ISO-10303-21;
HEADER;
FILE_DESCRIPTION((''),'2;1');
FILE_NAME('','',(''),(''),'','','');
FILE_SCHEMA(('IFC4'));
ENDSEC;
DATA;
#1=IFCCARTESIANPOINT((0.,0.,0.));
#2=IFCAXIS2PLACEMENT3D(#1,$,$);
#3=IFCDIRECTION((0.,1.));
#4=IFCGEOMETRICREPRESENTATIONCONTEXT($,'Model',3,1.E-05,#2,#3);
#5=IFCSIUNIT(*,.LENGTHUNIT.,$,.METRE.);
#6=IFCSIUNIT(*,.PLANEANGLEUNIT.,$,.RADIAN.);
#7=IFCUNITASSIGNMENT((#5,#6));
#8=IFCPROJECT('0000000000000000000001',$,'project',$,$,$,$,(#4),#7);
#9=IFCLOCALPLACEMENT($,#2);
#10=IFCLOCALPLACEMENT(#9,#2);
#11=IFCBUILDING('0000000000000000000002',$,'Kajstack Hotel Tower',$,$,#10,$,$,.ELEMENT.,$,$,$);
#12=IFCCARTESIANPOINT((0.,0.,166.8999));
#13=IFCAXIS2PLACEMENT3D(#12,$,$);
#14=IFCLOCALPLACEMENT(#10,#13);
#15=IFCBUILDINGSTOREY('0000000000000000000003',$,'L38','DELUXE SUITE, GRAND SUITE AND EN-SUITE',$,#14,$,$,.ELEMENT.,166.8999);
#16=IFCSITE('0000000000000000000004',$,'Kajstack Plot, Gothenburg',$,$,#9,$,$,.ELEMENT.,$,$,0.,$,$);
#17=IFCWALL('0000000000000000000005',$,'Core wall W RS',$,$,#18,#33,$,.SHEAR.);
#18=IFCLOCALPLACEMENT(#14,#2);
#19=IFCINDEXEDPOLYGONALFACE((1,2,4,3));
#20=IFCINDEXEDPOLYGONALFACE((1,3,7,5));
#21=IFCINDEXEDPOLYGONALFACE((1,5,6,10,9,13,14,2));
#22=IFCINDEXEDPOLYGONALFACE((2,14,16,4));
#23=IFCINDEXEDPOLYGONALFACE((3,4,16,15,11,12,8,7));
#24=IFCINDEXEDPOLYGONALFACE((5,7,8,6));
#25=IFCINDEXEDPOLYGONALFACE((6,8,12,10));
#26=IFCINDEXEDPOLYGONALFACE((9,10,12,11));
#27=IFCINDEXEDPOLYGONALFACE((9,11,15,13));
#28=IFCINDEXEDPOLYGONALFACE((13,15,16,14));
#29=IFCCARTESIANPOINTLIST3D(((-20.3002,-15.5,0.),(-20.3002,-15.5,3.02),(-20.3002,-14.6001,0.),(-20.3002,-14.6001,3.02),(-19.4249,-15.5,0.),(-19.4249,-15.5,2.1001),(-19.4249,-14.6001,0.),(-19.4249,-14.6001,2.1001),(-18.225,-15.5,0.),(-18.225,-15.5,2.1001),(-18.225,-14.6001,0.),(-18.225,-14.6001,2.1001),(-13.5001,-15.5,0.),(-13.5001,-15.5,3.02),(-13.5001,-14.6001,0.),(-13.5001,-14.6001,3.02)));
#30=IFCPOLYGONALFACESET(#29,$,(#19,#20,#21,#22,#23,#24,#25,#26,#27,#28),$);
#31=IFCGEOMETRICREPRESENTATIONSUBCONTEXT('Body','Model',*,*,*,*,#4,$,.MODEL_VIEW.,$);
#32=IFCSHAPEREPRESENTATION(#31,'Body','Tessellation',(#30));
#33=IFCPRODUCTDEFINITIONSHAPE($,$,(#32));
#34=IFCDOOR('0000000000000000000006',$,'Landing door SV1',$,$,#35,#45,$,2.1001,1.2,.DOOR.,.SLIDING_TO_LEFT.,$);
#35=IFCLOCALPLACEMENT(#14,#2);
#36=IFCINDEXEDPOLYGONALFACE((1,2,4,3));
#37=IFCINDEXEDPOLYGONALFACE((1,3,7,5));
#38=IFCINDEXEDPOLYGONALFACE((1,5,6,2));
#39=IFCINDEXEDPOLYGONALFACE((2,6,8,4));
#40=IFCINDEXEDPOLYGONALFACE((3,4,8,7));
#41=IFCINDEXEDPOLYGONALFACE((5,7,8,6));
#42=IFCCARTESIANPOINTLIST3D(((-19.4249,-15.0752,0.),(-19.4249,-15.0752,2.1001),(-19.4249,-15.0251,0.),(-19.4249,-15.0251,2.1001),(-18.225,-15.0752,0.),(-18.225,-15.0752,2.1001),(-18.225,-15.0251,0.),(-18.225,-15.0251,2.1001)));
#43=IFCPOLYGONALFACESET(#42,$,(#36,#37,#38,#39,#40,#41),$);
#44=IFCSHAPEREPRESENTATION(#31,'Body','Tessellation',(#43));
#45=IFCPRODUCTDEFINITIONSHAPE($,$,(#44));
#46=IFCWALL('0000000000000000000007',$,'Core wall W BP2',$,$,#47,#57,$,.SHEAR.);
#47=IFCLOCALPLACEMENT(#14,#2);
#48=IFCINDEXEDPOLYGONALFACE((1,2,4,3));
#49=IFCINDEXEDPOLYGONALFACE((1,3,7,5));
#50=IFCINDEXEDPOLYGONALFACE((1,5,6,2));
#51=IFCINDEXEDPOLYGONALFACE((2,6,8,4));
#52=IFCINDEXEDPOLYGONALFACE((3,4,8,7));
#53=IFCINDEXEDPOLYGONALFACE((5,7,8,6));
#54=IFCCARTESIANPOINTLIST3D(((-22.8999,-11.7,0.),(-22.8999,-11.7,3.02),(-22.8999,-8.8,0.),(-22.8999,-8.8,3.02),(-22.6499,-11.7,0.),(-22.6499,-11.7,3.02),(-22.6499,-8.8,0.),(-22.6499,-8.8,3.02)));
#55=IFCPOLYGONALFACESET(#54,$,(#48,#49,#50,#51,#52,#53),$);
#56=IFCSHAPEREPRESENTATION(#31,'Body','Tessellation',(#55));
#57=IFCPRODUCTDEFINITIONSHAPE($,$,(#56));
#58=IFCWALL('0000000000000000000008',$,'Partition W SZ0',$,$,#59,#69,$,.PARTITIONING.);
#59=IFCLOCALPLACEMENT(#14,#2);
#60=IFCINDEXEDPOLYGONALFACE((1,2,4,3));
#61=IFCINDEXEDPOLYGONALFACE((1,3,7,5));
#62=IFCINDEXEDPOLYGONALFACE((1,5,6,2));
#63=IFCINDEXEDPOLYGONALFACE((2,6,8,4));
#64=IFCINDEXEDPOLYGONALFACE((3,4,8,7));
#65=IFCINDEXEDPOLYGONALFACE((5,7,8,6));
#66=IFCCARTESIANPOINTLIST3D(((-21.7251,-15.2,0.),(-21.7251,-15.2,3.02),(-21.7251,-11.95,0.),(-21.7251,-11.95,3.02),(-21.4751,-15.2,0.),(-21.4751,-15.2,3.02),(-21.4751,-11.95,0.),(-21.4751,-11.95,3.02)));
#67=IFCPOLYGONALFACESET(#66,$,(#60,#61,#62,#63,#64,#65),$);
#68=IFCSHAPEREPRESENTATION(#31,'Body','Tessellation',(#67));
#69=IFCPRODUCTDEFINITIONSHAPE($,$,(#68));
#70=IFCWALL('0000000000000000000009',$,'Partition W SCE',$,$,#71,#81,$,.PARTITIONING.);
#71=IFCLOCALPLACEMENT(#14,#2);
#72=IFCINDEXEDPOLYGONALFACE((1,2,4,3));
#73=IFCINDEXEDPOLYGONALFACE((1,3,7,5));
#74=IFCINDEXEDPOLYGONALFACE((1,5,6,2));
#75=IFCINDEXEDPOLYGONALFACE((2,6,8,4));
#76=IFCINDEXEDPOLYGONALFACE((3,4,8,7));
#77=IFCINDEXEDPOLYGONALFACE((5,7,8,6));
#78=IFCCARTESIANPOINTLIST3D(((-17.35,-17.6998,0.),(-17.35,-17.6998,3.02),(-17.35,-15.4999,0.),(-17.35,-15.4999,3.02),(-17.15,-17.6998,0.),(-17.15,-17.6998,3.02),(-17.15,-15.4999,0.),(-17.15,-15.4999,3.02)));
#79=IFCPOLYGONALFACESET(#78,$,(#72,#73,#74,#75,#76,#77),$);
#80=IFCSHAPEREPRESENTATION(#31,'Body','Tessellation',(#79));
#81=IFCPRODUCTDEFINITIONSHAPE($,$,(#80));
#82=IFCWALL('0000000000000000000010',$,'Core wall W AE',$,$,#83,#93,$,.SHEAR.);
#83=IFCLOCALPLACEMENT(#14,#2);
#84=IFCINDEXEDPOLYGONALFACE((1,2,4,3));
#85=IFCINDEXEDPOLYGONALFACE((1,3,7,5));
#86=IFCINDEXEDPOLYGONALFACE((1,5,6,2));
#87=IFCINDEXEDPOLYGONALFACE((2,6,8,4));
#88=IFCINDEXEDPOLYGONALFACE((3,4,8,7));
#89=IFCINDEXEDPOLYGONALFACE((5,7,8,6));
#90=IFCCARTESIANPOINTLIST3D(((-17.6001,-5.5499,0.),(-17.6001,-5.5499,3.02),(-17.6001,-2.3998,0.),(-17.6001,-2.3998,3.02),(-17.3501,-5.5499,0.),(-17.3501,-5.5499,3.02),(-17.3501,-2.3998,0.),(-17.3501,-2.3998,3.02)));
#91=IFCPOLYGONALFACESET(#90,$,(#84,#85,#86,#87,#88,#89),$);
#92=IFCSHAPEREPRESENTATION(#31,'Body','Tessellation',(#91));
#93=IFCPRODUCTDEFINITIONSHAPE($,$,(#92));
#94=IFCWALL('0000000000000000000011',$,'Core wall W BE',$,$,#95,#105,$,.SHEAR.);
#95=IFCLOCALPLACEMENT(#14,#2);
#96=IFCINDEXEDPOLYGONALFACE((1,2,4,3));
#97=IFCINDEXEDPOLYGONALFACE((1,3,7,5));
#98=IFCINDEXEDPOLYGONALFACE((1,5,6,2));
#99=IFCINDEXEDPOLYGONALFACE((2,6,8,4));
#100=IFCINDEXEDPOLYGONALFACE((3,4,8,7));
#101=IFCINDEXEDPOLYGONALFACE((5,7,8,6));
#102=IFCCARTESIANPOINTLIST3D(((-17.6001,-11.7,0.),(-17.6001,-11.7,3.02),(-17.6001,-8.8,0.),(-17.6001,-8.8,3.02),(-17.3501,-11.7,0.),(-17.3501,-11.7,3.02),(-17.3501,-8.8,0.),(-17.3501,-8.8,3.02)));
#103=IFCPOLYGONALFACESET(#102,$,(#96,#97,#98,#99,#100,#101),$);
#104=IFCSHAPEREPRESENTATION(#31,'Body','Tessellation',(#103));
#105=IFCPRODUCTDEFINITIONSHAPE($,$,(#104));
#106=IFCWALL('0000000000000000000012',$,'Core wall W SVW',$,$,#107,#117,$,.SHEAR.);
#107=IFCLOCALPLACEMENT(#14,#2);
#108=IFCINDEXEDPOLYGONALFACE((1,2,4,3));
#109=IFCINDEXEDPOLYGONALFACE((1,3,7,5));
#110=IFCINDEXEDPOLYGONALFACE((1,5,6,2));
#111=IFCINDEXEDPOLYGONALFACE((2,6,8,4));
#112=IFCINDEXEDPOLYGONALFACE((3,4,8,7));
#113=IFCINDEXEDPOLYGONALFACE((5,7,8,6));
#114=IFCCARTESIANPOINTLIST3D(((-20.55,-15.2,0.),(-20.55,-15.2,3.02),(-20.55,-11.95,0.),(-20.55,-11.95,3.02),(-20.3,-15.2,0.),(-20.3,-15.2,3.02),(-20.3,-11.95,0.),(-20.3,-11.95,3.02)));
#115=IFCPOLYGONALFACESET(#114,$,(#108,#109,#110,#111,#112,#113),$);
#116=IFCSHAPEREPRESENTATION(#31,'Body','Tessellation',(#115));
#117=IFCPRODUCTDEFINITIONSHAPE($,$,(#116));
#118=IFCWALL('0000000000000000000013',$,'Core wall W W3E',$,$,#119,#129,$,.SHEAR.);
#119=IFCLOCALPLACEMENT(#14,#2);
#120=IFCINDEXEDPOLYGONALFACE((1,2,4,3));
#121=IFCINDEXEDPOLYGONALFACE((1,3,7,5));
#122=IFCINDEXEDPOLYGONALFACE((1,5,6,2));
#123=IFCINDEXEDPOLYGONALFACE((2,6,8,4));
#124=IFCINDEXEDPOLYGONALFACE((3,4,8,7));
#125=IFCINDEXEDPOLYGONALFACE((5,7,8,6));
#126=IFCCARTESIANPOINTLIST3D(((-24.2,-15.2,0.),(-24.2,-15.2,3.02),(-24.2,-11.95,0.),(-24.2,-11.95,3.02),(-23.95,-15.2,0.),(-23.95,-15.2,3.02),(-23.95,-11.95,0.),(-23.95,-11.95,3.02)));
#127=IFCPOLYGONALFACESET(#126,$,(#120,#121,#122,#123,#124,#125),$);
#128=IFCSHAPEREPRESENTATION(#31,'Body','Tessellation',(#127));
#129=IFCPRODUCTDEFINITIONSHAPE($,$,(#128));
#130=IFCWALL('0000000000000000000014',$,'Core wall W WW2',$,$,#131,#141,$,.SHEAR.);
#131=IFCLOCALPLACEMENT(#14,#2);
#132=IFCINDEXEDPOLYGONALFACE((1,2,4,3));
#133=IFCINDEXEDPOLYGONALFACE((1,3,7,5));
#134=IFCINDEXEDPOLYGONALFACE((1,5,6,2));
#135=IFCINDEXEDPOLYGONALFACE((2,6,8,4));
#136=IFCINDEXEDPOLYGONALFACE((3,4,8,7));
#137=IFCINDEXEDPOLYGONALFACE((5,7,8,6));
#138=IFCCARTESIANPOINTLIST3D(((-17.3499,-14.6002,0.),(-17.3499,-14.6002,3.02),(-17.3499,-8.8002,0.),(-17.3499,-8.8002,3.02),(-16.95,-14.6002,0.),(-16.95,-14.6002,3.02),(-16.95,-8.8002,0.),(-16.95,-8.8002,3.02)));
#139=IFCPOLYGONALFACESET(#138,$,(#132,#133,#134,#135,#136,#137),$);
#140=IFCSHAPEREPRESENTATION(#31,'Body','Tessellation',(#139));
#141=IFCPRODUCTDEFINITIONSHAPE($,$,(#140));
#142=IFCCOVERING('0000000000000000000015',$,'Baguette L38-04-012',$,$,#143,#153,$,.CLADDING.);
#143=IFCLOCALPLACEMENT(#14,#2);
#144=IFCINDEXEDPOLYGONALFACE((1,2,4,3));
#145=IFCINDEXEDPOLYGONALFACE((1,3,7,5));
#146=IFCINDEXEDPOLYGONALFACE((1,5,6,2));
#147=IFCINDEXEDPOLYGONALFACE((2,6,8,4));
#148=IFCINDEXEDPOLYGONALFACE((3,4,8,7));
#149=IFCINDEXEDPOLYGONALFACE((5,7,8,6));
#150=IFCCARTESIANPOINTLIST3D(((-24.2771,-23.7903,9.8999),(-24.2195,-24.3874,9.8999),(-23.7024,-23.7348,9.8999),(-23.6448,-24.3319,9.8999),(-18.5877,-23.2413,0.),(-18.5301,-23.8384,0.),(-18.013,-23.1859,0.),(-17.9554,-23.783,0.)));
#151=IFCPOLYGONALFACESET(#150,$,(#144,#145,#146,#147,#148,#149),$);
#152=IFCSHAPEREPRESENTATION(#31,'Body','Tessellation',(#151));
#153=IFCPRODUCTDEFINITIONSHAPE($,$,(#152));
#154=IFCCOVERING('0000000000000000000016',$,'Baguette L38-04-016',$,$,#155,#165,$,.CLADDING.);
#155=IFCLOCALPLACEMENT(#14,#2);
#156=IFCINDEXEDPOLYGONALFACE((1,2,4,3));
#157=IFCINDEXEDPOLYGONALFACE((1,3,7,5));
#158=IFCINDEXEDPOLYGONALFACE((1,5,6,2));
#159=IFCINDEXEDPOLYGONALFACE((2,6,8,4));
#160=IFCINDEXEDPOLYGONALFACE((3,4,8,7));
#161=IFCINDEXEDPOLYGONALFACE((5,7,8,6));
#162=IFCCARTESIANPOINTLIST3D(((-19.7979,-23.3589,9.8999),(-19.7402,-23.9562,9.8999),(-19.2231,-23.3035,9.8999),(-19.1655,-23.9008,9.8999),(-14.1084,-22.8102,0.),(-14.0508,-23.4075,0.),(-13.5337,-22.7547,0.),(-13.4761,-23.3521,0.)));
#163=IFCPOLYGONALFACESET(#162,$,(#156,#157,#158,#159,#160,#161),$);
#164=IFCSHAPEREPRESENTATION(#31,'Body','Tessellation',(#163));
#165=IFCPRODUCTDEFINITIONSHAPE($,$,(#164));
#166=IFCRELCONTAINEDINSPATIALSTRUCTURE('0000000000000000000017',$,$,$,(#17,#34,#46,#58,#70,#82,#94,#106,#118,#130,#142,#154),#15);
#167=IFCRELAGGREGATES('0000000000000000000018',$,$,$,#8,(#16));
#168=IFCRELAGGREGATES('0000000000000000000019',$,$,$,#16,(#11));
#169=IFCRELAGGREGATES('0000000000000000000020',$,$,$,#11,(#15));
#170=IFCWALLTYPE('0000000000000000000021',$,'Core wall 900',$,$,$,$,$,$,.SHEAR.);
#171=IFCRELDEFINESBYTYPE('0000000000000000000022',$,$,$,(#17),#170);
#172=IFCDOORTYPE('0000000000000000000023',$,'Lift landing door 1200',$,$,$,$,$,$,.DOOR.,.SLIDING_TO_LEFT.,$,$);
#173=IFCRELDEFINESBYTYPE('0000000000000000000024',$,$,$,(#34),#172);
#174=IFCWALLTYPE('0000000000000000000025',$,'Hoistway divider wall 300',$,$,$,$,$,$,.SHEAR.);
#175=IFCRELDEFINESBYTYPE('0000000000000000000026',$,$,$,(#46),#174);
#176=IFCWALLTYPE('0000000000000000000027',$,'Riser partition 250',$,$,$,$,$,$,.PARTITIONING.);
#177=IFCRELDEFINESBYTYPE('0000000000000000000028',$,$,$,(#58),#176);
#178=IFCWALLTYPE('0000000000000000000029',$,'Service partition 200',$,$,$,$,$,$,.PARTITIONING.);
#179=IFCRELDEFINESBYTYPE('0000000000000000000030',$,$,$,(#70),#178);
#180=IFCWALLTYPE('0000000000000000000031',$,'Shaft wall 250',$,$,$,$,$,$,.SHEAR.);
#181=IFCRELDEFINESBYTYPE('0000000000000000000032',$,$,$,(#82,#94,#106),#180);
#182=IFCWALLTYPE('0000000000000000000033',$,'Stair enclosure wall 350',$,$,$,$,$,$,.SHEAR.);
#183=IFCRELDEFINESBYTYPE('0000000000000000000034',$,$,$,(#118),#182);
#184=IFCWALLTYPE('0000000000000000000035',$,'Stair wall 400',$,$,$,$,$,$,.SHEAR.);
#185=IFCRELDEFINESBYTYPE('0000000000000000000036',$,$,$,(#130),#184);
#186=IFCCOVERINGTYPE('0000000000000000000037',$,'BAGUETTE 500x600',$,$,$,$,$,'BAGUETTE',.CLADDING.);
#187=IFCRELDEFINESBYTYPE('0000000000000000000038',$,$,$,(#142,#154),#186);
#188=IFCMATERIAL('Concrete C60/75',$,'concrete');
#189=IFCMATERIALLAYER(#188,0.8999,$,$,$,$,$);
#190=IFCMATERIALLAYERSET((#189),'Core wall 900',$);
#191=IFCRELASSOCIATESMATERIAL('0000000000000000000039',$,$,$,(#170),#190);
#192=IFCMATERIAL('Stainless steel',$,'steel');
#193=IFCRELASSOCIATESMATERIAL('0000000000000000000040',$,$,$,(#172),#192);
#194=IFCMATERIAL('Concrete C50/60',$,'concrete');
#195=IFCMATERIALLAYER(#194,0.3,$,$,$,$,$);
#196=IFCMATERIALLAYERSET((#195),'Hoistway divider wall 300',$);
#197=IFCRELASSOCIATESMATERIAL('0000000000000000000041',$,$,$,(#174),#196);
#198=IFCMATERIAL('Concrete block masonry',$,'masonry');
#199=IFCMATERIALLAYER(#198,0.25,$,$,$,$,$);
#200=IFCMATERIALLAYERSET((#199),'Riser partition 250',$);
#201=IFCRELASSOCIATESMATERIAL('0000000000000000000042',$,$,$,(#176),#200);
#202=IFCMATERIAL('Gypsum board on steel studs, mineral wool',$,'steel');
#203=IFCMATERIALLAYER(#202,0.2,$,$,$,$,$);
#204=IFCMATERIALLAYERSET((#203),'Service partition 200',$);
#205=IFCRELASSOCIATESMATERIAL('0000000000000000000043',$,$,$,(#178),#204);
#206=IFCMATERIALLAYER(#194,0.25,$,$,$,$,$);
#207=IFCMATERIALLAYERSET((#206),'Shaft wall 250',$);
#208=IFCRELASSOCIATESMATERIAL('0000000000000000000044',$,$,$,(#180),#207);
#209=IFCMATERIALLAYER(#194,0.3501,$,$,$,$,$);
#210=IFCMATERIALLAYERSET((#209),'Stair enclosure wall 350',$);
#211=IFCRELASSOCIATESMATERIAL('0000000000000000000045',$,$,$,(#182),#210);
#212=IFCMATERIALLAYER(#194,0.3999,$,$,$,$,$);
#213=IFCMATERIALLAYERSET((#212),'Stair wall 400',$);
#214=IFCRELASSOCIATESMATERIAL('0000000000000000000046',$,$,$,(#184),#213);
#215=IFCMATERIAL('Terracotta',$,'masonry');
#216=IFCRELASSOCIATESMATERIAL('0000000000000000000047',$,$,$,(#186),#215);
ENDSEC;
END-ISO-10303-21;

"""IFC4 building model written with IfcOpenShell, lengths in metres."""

from ifc_helpers import new_model, si_unit, direction, frame, frame_2d, origin, origin_2d, place, context, subcontext, project, spatial, polyline, rectangle, outline, extrude, material, layer, layer_set, material_profile, profile_set, type_object, element, fill, save


model = new_model("IFC4")

# Units and contexts
model_context = context("Model", 3, precision=1e-05, world=origin(), true_north=direction((0.0, 1.0)))
body_context = subcontext(model_context, "Body", "Model", "MODEL_VIEW")
ifc_project = project(units=[si_unit("LENGTHUNIT", "METRE"), si_unit("PLANEANGLEUNIT", "RADIAN")], contexts=[model_context])

# Site, building, storey
site_placement = place(None, origin())
site = spatial("IfcSite", under=ifc_project, at=site_placement, Name="Kajstack Plot, Gothenburg", CompositionType="ELEMENT", RefElevation=0.0)
building_placement = place(site_placement, origin())
building = spatial("IfcBuilding", under=site, at=building_placement, Name="Kajstack Hotel Tower", CompositionType="ELEMENT")
storey_placement = place(building_placement, frame((0.0, 0.0, 166.8999)))
storey = spatial("IfcBuildingStorey", under=building, at=storey_placement, Name="L38", Description="DELUXE SUITE, GRAND SUITE AND EN-SUITE", CompositionType="ELEMENT", Elevation=166.8999)

# Wall, opening, door
ifc_material_1 = material(Name="Concrete C60/75", Category="concrete")
ifc_layer_1 = layer(ifc_material_1, 0.8999)
ifc_layer_set_1 = layer_set([ifc_layer_1], Name="Core wall 900")
wall_type_1 = type_object("IfcWallType", Name="Core wall 900", PredefinedType="SHEAR", material=ifc_layer_set_1)
wall_1_placement = place(storey_placement, frame((-20.3, -15.05, 0.0), z_axis=(0.0, 0.0, 1.0), x_axis=(1.0, 0.0, 0.0)))
wall_1 = element("IfcWall", 1, at=wall_1_placement, inside=storey, type_object=wall_type_1, Name="Core wall W RS", PredefinedType="SHEAR", context=body_context, shape_type="SweptSolid", body=[
    extrude(rectangle(XDim=6.8, YDim=0.8999, at=frame_2d((3.3999, 0.0))), origin(), (0.0, 0.0, 1.0), 3.02),
])
opening_placement = place(wall_1_placement, frame((0.875, 0.0, 0.0)))
opening = element("IfcOpeningElement", 2, at=opening_placement, cuts=wall_1, PredefinedType="OPENING", context=body_context, shape_type="SweptSolid", body=[
    extrude(rectangle(XDim=1.2, YDim=2.1001, at=frame_2d((0.6001, 1.05))), frame((0.0, 0.46, 0.0), z_axis=(0.0, -1.0, 0.0), x_axis=(1.0, 0.0, 0.0)), (0.0, 0.0, 1.0), 0.9199),
])
ifc_material_2 = material(Name="Stainless steel", Category="steel")
door_type = type_object("IfcDoorType", Name="Lift landing door 1200", OperationType="SLIDING_TO_LEFT", PredefinedType="DOOR", material=ifc_material_2)
door_placement = place(opening_placement, origin())
door = element("IfcDoor", 3, at=door_placement, inside=storey, type_object=door_type, Name="Landing door SV1", OperationType="SLIDING_TO_LEFT", OverallHeight=2.1001, OverallWidth=1.2, PredefinedType="DOOR", context=body_context, shape_type="SweptSolid", body=[
    extrude(rectangle(XDim=1.2, YDim=2.1001, at=frame_2d((0.6001, 1.05))), frame((0.0, 0.0249, 0.0), z_axis=(0.0, -1.0, 0.0), x_axis=(1.0, 0.0, 0.0)), (0.0, 0.0, 1.0), 0.05),
])
fill(opening, door)

# Walls
ifc_material_3 = material(Name="Concrete C50/60", Category="concrete")
ifc_layer_2 = layer(ifc_material_3, 0.3)
ifc_layer_set_2 = layer_set([ifc_layer_2], Name="Hoistway divider wall 300")
wall_type_2 = type_object("IfcWallType", Name="Hoistway divider wall 300", PredefinedType="SHEAR", material=ifc_layer_set_2)
wall_2_placement = place(storey_placement, frame((-22.7749, -11.7, 0.0), z_axis=(0.0, 0.0, 1.0), x_axis=(0.0, 1.0, 0.0)))
element("IfcWall", 4, at=wall_2_placement, inside=storey, type_object=wall_type_2, Name="Core wall W BP2", PredefinedType="SHEAR", context=body_context, shape_type="SweptSolid", body=[
    extrude(rectangle(XDim=2.8999, YDim=0.25, at=frame_2d((1.45, 0.0))), origin(), (0.0, 0.0, 1.0), 3.02),
])
ifc_material_4 = material(Name="Concrete block masonry", Category="masonry")
ifc_layer_3 = layer(ifc_material_4, 0.25)
ifc_layer_set_3 = layer_set([ifc_layer_3], Name="Riser partition 250")
wall_type_3 = type_object("IfcWallType", Name="Riser partition 250", PredefinedType="PARTITIONING", material=ifc_layer_set_3)
wall_3_placement = place(storey_placement, frame((-21.6001, -15.2, 0.0), z_axis=(0.0, 0.0, 1.0), x_axis=(0.0, 1.0, 0.0)))
element("IfcWall", 5, at=wall_3_placement, inside=storey, type_object=wall_type_3, Name="Partition W SZ0", PredefinedType="PARTITIONING", context=body_context, shape_type="SweptSolid", body=[
    extrude(rectangle(XDim=3.25, YDim=0.25, at=frame_2d((1.625, 0.0))), origin(), (0.0, 0.0, 1.0), 3.02),
])
ifc_material_5 = material(Name="Gypsum board on steel studs, mineral wool", Category="steel")
ifc_layer_4 = layer(ifc_material_5, 0.2)
ifc_layer_set_4 = layer_set([ifc_layer_4], Name="Service partition 200")
wall_type_4 = type_object("IfcWallType", Name="Service partition 200", PredefinedType="PARTITIONING", material=ifc_layer_set_4)
wall_4_placement = place(storey_placement, frame((-17.25, -17.7, 0.0), z_axis=(0.0, 0.0, 1.0), x_axis=(0.0, 1.0, 0.0)))
element("IfcWall", 6, at=wall_4_placement, inside=storey, type_object=wall_type_4, Name="Partition W SCE", PredefinedType="PARTITIONING", context=body_context, shape_type="SweptSolid", body=[
    extrude(rectangle(XDim=2.2, YDim=0.2, at=frame_2d((1.1001, 0.0))), origin(), (0.0, 0.0, 1.0), 3.02),
])
ifc_layer_5 = layer(ifc_material_3, 0.25)
ifc_layer_set_5 = layer_set([ifc_layer_5], Name="Shaft wall 250")
wall_type_5 = type_object("IfcWallType", Name="Shaft wall 250", PredefinedType="SHEAR", material=ifc_layer_set_5)
wall_5_placement = place(storey_placement, frame((-17.4751, -5.55, 0.0), z_axis=(0.0, 0.0, 1.0), x_axis=(0.0, 1.0, 0.0)))
element("IfcWall", 7, at=wall_5_placement, inside=storey, type_object=wall_type_5, Name="Core wall W AE", PredefinedType="SHEAR", context=body_context, shape_type="SweptSolid", body=[
    extrude(rectangle(XDim=3.1501, YDim=0.25, at=frame_2d((1.5752, 0.0))), origin(), (0.0, 0.0, 1.0), 3.02),
])
wall_6_placement = place(storey_placement, frame((-17.4751, -11.7, 0.0), z_axis=(0.0, 0.0, 1.0), x_axis=(0.0, 1.0, 0.0)))
element("IfcWall", 8, at=wall_6_placement, inside=storey, type_object=wall_type_5, Name="Core wall W BE", PredefinedType="SHEAR", context=body_context, shape_type="SweptSolid", body=[
    extrude(rectangle(XDim=2.8999, YDim=0.25, at=frame_2d((1.45, 0.0))), origin(), (0.0, 0.0, 1.0), 3.02),
])
wall_7_placement = place(storey_placement, frame((-20.425, -15.2, 0.0), z_axis=(0.0, 0.0, 1.0), x_axis=(0.0, 1.0, 0.0)))
element("IfcWall", 9, at=wall_7_placement, inside=storey, type_object=wall_type_5, Name="Core wall W SVW", PredefinedType="SHEAR", context=body_context, shape_type="SweptSolid", body=[
    extrude(rectangle(XDim=3.25, YDim=0.25, at=frame_2d((1.625, 0.0))), origin(), (0.0, 0.0, 1.0), 3.02),
])
ifc_layer_6 = layer(ifc_material_3, 0.3501)
ifc_layer_set_6 = layer_set([ifc_layer_6], Name="Stair enclosure wall 350")
wall_type_6 = type_object("IfcWallType", Name="Stair enclosure wall 350", PredefinedType="SHEAR", material=ifc_layer_set_6)
wall_8_placement = place(storey_placement, frame((-24.075, -15.2, 0.0), z_axis=(0.0, 0.0, 1.0), x_axis=(0.0, 1.0, 0.0)))
element("IfcWall", 10, at=wall_8_placement, inside=storey, type_object=wall_type_6, Name="Core wall W W3E", PredefinedType="SHEAR", context=body_context, shape_type="SweptSolid", body=[
    extrude(rectangle(XDim=3.25, YDim=0.25, at=frame_2d((1.625, 0.0))), origin(), (0.0, 0.0, 1.0), 3.02),
])
ifc_layer_7 = layer(ifc_material_3, 0.3999)
ifc_layer_set_7 = layer_set([ifc_layer_7], Name="Stair wall 400")
wall_type_7 = type_object("IfcWallType", Name="Stair wall 400", PredefinedType="SHEAR", material=ifc_layer_set_7)
wall_9_placement = place(storey_placement, frame((-17.1499, -14.6001, 0.0), z_axis=(0.0, 0.0, 1.0), x_axis=(0.0, 1.0, 0.0)))
element("IfcWall", 11, at=wall_9_placement, inside=storey, type_object=wall_type_7, Name="Core wall W WW2", PredefinedType="SHEAR", context=body_context, shape_type="SweptSolid", body=[
    extrude(rectangle(XDim=5.8, YDim=0.3999, at=frame_2d((2.8999, 0.0))), origin(), (0.0, 0.0, 1.0), 3.02),
])

# Coverings
ifc_material_6 = material(Name="Terracotta", Category="masonry")
ifc_material_profile = material_profile(ifc_material_6, rectangle(XDim=0.6001, YDim=0.5, at=origin_2d()), Name="Terracotta-clad concrete baguette 500 x 600")
ifc_profile_set = profile_set([ifc_material_profile], Name="Terracotta")
covering_type = type_object("IfcCoveringType", Name="BAGUETTE 500x600", ElementType="BAGUETTE", PredefinedType="CLADDING", material=ifc_profile_set)
covering_1_placement = place(storey_placement, frame((-24.2771, -23.7903, 0.0), z_axis=(0.096038, -0.995378, 0.0), x_axis=(0.995378, 0.096038, 0.0)))
element("IfcCovering", 12, at=covering_1_placement, inside=storey, type_object=covering_type, Name="Baguette L38-04-012", PredefinedType="CLADDING", context=body_context, shape_type="SweptSolid", body=[
    extrude(outline(polyline([(0.0, 9.8999), (5.7158, 0.0), (6.2932, 0.0), (0.5774, 9.8999), (0.0, 9.8999)])), origin(), (0.0, 0.0, 1.0), 0.5999),
])
covering_2_placement = place(storey_placement, frame((-19.7979, -23.3589, 0.0), z_axis=(0.095999, -0.995381, 0.0), x_axis=(0.995381, 0.095999, 0.0)))
element("IfcCovering", 13, at=covering_2_placement, inside=storey, type_object=covering_type, Name="Baguette L38-04-016", PredefinedType="CLADDING", context=body_context, shape_type="SweptSolid", body=[
    extrude(outline(polyline([(0.0, 9.8999), (5.7158, 0.0), (6.2932, 0.0), (0.5774, 9.8999), (0.0, 9.8999)])), origin(), (0.0, 0.0, 1.0), 0.6001),
])

save(model, "model.ifc")
